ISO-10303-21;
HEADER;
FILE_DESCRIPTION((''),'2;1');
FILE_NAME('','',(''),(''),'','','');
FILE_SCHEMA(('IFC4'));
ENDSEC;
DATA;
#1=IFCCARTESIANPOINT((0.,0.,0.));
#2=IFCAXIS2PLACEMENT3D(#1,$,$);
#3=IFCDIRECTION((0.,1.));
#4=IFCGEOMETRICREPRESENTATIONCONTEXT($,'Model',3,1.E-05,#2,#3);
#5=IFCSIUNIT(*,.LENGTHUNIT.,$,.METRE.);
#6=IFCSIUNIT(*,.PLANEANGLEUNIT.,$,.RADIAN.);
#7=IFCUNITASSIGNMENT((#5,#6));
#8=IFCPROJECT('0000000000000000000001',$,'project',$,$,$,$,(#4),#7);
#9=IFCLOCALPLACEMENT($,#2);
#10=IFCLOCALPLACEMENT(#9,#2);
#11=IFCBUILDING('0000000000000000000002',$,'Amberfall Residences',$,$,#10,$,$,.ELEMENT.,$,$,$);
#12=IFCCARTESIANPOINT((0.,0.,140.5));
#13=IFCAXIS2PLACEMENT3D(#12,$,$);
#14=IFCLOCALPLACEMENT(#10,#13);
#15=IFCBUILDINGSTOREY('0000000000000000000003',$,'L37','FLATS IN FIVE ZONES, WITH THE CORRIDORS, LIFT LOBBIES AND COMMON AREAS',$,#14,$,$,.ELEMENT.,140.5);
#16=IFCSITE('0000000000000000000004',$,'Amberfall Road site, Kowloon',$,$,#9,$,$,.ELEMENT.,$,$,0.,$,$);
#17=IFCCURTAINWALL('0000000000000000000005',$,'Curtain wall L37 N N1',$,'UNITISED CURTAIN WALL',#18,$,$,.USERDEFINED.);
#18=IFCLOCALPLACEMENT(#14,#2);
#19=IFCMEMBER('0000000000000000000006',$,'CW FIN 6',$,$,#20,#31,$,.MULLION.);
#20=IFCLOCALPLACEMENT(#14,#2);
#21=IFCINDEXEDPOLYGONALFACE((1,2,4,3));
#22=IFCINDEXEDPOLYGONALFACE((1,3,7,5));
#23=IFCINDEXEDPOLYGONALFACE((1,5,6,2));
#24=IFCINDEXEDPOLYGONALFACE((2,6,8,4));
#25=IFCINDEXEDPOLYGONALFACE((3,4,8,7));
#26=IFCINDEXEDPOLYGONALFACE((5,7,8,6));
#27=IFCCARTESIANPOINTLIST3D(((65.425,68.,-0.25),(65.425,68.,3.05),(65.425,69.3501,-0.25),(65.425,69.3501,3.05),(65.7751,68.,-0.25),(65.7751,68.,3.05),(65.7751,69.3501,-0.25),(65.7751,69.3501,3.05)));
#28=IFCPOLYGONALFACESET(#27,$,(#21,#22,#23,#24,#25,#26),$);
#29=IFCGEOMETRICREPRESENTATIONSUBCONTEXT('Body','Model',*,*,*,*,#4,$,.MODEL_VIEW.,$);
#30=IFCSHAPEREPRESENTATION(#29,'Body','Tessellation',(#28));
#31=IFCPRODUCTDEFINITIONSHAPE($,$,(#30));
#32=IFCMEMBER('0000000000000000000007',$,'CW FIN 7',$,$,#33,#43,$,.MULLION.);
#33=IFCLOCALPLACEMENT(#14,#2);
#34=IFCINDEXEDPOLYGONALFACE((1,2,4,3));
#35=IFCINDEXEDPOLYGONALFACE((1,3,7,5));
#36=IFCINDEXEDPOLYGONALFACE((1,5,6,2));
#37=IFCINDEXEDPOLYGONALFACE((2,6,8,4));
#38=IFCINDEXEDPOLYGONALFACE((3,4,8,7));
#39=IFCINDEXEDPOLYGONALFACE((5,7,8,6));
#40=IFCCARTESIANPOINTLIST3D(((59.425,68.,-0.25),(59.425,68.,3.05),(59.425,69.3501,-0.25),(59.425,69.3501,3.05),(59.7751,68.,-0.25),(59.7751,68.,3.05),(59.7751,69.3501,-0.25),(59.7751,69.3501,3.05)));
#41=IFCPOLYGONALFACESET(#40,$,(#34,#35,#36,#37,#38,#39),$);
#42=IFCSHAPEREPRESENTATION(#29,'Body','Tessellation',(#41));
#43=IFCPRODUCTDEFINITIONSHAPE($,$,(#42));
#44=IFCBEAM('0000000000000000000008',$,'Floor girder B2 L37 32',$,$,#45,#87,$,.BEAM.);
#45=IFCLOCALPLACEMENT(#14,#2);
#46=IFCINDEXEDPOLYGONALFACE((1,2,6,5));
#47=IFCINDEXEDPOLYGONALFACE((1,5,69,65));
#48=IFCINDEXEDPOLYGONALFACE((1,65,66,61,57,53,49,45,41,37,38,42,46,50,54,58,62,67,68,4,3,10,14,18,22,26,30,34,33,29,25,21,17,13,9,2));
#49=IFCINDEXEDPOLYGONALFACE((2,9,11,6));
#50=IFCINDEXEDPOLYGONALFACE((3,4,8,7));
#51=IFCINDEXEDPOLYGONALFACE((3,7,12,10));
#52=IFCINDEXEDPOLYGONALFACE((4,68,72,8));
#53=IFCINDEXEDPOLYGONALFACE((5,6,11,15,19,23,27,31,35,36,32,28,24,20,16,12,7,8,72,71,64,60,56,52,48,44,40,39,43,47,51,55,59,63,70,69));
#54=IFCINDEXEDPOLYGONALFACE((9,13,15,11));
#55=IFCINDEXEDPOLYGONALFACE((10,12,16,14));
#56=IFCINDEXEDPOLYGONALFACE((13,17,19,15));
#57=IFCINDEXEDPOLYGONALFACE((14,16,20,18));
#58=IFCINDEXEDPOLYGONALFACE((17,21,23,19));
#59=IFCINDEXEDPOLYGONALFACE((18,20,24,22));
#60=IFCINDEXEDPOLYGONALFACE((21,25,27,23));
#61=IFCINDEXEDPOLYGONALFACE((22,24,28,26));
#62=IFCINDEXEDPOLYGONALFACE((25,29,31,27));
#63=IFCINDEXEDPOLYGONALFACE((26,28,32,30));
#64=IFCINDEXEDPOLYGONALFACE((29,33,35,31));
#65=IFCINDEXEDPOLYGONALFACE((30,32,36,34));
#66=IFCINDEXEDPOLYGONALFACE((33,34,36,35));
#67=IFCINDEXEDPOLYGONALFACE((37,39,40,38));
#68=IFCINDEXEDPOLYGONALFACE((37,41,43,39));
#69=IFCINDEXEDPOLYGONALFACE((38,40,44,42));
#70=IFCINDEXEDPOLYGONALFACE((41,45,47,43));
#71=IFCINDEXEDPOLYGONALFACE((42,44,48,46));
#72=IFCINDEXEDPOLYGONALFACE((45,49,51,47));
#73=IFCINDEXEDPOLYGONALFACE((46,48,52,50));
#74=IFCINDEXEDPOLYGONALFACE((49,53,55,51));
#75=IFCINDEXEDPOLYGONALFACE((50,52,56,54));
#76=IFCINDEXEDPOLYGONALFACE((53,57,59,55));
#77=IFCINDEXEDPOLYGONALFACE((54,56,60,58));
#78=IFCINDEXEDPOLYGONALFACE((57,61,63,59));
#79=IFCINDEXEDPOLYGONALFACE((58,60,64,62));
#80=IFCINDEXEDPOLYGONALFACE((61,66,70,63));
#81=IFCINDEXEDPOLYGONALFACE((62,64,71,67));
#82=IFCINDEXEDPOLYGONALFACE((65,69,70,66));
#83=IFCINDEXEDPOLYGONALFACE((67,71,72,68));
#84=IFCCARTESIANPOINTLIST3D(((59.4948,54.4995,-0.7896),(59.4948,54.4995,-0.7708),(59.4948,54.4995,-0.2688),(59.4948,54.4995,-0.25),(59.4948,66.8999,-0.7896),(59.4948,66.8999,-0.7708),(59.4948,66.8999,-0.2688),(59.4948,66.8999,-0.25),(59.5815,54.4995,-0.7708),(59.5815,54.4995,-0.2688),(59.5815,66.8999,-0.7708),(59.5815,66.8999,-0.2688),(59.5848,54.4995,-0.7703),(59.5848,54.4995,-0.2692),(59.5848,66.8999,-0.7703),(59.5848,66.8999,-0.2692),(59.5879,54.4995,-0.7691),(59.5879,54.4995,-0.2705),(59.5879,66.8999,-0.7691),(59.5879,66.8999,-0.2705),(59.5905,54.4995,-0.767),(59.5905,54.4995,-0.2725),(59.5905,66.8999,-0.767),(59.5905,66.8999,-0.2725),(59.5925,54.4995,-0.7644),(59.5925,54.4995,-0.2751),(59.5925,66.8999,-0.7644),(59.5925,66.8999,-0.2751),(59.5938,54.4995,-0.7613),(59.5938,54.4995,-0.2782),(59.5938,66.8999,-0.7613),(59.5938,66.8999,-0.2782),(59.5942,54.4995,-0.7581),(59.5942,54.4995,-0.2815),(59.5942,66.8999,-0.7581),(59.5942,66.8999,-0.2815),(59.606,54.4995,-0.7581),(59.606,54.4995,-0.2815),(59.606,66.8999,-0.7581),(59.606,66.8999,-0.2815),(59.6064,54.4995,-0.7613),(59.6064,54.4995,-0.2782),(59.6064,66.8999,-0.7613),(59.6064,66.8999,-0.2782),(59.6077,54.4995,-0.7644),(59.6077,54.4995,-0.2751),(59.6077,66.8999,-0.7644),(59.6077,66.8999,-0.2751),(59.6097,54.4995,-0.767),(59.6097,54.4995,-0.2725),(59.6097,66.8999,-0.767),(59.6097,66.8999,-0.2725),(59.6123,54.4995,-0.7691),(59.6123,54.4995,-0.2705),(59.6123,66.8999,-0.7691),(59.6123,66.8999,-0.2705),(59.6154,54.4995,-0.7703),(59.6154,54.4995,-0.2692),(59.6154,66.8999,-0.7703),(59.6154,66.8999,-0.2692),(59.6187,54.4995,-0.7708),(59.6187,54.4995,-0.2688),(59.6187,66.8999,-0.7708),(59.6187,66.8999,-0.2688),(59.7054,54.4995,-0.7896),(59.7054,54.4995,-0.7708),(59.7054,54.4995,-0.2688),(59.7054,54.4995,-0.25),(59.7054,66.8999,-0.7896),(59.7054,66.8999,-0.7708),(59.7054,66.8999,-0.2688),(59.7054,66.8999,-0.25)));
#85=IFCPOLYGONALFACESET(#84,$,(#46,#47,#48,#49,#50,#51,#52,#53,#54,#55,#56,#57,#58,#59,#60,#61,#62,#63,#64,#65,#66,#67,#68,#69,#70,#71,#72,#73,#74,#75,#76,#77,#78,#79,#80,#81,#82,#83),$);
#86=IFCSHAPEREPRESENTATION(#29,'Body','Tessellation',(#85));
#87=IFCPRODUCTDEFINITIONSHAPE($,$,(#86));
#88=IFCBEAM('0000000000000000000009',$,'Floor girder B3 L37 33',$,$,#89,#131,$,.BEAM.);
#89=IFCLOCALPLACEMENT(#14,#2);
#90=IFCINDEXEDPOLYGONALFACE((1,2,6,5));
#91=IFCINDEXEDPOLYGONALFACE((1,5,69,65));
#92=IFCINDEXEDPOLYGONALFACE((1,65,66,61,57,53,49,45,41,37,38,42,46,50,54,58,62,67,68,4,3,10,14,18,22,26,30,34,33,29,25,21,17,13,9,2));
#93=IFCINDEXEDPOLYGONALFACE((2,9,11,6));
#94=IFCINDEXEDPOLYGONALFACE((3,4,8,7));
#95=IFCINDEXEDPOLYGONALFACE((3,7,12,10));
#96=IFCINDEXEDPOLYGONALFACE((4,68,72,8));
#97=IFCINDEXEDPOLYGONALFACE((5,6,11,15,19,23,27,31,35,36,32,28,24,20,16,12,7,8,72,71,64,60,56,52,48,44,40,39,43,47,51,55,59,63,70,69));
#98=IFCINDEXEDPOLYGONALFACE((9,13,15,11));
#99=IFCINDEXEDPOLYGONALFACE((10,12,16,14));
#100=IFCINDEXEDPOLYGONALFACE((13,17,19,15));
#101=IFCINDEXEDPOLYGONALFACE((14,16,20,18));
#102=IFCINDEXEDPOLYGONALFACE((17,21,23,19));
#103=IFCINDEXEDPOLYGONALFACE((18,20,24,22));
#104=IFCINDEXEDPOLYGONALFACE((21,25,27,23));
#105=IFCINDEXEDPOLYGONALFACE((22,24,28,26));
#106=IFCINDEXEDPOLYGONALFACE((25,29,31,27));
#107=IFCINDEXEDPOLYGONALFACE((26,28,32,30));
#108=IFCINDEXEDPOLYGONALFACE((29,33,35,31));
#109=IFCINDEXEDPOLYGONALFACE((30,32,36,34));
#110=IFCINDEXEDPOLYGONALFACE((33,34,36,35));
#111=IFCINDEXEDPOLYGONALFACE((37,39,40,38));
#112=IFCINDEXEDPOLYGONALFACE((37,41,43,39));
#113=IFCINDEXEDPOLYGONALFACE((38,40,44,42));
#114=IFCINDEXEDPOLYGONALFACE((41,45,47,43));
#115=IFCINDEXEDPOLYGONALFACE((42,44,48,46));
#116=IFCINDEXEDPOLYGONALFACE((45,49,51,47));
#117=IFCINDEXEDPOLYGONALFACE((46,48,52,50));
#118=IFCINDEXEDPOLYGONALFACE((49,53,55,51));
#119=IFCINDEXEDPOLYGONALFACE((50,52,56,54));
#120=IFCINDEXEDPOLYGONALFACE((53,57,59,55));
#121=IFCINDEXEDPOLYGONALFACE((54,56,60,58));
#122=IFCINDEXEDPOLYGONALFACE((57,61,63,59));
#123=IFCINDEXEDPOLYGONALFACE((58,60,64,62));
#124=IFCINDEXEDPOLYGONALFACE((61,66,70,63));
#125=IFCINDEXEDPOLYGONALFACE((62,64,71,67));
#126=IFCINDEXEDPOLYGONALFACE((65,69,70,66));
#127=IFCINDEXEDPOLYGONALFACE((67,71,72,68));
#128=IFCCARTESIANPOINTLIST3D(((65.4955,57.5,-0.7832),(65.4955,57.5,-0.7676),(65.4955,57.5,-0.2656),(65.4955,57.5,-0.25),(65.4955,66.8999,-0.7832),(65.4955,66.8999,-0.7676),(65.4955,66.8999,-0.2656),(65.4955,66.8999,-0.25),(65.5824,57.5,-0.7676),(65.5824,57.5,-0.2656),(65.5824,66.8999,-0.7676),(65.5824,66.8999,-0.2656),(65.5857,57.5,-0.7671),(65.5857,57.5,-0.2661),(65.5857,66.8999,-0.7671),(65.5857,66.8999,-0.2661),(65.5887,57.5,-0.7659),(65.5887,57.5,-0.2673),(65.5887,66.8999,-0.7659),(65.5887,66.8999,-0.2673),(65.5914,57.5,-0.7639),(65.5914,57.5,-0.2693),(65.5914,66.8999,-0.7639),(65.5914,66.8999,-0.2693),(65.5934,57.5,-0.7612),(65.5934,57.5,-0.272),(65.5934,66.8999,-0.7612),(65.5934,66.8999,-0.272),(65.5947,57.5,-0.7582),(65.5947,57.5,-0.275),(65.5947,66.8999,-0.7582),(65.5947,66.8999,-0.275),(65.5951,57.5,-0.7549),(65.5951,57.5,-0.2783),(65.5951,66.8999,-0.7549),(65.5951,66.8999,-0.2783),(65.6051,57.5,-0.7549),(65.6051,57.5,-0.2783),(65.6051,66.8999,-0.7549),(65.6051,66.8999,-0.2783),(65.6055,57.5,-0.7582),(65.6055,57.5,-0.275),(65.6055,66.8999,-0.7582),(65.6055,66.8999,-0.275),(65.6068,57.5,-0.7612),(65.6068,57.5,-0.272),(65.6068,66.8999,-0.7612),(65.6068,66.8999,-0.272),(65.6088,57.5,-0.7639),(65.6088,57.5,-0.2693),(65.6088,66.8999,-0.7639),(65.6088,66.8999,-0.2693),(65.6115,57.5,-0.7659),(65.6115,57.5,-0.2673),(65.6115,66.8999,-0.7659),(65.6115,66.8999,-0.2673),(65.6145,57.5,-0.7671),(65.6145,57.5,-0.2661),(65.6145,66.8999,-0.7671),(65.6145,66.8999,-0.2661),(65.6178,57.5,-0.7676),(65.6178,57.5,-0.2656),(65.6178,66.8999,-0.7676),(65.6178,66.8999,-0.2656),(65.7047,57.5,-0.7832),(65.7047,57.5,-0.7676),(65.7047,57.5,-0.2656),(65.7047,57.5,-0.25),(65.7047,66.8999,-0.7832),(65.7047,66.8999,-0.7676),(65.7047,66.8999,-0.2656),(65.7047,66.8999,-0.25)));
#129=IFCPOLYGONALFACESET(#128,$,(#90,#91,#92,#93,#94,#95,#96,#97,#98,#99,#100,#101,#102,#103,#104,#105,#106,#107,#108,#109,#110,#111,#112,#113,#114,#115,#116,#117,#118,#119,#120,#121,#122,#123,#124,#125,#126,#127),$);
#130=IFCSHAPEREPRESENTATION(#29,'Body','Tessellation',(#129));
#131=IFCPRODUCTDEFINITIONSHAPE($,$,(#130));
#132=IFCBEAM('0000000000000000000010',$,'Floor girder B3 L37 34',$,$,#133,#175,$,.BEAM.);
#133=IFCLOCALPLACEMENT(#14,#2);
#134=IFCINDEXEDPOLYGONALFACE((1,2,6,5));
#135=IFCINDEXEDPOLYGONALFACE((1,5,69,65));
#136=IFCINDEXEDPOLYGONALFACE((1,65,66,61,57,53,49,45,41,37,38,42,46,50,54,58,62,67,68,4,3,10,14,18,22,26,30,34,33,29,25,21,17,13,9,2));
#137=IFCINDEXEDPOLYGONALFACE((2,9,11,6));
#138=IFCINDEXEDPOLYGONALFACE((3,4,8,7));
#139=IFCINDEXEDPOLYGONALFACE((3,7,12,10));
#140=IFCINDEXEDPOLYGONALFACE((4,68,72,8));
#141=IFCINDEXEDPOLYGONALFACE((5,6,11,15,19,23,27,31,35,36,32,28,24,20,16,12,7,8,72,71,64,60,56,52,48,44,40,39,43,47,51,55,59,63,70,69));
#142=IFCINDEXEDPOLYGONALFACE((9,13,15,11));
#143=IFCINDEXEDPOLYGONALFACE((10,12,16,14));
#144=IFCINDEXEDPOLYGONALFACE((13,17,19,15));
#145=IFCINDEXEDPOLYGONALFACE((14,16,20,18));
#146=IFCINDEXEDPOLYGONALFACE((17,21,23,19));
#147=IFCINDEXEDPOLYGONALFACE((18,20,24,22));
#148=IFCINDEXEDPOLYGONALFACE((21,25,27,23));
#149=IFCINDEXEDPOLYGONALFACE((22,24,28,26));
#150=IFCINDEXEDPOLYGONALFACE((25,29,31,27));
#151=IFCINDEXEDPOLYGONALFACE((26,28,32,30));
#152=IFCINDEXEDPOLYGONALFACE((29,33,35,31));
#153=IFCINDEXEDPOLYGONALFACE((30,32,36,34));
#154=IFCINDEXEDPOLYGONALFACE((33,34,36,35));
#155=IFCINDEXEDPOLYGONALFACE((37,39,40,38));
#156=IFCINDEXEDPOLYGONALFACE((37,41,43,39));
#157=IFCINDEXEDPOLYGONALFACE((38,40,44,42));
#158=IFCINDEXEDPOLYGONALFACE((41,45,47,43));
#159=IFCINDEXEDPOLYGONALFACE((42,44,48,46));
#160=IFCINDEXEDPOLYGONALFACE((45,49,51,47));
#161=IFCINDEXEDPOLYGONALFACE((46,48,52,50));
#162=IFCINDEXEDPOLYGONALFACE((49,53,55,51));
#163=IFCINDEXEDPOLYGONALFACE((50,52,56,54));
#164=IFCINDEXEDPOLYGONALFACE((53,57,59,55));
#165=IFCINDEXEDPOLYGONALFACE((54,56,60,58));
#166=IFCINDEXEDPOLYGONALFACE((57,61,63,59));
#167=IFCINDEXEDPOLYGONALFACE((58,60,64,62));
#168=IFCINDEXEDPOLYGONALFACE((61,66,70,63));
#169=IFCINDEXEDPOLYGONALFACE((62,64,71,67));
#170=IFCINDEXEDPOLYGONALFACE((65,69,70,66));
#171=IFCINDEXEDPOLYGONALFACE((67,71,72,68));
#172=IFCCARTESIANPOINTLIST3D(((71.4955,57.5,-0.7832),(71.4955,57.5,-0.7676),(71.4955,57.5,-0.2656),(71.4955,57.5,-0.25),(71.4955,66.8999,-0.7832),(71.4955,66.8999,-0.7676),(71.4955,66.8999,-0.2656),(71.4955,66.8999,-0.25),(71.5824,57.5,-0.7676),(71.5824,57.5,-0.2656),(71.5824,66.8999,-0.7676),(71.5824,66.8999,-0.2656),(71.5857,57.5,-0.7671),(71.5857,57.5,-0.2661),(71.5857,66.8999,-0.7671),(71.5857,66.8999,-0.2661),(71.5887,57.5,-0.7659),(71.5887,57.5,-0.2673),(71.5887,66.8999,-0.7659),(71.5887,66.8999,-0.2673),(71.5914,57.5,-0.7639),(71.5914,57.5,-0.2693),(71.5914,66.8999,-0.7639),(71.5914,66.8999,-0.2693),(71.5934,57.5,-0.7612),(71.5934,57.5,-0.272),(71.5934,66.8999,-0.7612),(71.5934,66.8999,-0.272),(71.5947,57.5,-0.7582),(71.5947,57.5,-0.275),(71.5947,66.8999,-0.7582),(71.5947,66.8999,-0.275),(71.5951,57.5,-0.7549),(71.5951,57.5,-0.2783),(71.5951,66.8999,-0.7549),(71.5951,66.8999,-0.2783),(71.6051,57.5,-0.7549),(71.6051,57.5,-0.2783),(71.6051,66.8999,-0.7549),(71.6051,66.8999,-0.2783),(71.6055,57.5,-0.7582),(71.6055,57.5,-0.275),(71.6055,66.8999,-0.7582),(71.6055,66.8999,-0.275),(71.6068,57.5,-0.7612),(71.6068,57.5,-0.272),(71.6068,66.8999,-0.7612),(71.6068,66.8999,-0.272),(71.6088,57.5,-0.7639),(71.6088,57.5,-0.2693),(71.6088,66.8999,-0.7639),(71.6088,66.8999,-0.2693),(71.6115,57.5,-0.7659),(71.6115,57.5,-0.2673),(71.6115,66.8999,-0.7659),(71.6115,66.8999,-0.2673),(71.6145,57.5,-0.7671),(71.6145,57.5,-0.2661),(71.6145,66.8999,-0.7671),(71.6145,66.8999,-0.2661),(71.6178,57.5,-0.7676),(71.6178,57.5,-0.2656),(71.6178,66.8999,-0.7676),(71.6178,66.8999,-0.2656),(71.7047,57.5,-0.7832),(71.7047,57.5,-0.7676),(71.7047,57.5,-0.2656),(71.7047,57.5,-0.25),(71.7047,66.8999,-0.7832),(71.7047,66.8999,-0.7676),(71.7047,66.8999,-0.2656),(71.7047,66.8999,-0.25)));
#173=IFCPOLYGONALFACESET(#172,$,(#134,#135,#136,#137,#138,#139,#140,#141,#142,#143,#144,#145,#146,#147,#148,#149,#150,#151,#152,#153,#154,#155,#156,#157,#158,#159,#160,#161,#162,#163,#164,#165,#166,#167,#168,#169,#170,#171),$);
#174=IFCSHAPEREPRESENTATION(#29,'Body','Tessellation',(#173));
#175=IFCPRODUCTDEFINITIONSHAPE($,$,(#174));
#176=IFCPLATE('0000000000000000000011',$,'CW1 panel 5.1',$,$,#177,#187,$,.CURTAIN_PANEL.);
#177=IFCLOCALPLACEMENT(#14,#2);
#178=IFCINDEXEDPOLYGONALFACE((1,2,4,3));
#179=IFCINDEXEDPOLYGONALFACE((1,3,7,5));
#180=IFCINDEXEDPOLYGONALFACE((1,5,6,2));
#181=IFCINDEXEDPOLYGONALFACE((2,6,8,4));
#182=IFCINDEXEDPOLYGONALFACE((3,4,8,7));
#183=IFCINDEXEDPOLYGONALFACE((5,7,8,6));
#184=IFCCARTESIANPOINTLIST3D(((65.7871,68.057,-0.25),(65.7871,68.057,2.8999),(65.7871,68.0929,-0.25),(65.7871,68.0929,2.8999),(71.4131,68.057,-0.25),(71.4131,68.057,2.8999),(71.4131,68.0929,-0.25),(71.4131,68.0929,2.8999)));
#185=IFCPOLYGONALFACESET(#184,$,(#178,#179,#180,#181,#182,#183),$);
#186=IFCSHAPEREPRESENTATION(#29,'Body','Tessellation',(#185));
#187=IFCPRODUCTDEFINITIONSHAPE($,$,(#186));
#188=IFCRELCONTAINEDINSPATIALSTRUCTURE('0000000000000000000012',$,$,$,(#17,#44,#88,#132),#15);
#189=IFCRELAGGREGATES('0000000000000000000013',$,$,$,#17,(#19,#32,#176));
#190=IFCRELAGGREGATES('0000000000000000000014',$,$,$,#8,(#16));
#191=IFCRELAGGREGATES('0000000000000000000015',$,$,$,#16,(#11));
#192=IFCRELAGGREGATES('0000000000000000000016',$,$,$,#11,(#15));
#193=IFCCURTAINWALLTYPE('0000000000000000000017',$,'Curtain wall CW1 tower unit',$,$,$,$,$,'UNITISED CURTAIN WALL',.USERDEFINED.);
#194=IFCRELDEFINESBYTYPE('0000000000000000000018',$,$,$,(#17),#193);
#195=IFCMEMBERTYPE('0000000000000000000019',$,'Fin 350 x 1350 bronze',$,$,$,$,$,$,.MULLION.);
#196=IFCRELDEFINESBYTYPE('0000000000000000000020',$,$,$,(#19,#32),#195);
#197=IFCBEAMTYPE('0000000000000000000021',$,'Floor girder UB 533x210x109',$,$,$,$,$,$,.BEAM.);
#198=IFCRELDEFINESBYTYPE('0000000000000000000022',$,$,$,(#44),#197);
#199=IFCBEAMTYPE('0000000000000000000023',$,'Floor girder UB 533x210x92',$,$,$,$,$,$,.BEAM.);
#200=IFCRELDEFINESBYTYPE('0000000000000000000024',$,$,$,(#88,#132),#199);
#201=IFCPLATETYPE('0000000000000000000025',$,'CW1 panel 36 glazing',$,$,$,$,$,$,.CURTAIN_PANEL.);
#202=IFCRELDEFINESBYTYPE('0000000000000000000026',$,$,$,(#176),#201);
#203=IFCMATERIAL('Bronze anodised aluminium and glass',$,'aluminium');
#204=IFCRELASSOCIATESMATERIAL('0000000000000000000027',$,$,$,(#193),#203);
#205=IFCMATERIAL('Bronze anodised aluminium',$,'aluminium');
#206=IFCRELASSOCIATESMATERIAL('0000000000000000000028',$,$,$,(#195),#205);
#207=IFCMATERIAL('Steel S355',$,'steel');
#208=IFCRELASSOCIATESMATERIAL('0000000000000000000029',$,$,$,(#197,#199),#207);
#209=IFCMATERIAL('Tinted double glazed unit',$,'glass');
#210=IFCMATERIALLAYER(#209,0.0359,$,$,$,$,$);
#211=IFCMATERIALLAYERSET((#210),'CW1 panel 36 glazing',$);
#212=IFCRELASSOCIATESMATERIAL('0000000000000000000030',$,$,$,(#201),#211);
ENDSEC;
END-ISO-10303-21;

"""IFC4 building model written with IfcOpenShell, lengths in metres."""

from ifc_helpers import new_model, si_unit, direction, frame, origin, origin_2d, place, context, subcontext, project, spatial, rectangle, i_section, extrude, material, layer, layer_set, material_profile, profile_set, type_object, element, aggregate, save


model = new_model("IFC4")

# Units and contexts
model_context = context("Model", 3, precision=1e-05, world=origin(), true_north=direction((0.0, 1.0)))
body_context = subcontext(model_context, "Body", "Model", "MODEL_VIEW")
ifc_project = project(units=[si_unit("LENGTHUNIT", "METRE"), si_unit("PLANEANGLEUNIT", "RADIAN")], contexts=[model_context])

# Site, building, storey
site_placement = place(None, origin())
site = spatial("IfcSite", under=ifc_project, at=site_placement, Name="Amberfall Road site, Kowloon", CompositionType="ELEMENT", RefElevation=0.0)
building_placement = place(site_placement, origin())
building = spatial("IfcBuilding", under=site, at=building_placement, Name="Amberfall Residences", CompositionType="ELEMENT")
storey_placement = place(building_placement, frame((0.0, 0.0, 140.5)))
storey = spatial("IfcBuildingStorey", under=building, at=storey_placement, Name="L37", Description="FLATS IN FIVE ZONES, WITH THE CORRIDORS, LIFT LOBBIES AND COMMON AREAS", CompositionType="ELEMENT", Elevation=140.5)

# Curtain wall
ifc_material_1 = material(Name="Bronze anodised aluminium and glass", Category="aluminium")
curtain_wall_type = type_object("IfcCurtainWallType", Name="Curtain wall CW1 tower unit", ElementType="UNITISED CURTAIN WALL", PredefinedType="USERDEFINED", material=ifc_material_1)
curtain_wall_placement = place(storey_placement, origin())
curtain_wall = element("IfcCurtainWall", 1, at=curtain_wall_placement, inside=storey, type_object=curtain_wall_type, Name="Curtain wall L37 N N1", ObjectType="UNITISED CURTAIN WALL", PredefinedType="USERDEFINED")
ifc_material_2 = material(Name="Bronze anodised aluminium", Category="aluminium")

# Shared definitions
ifc_material_3 = material(Name="Steel S355", Category="steel")

# Members
ifc_material_profile_1 = material_profile(ifc_material_2, rectangle(XDim=1.3501, YDim=0.3501, at=origin_2d()), Name="Fin 350 x 1350 bronze")
ifc_profile_set_1 = profile_set([ifc_material_profile_1], Name="Bronze anodised aluminium")
member_type_1 = type_object("IfcMemberType", Name="Fin 350 x 1350 bronze", PredefinedType="MULLION", material=ifc_profile_set_1)
member_1_placement = place(storey_placement, frame((65.6001, 68.675, -0.25), z_axis=(0.0, 0.0, 1.0), x_axis=(0.0, -1.0, 0.0)))
member_1 = element("IfcMember", 2, at=member_1_placement, type_object=member_type_1, Name="CW FIN 6", PredefinedType="MULLION", context=body_context, shape_type="SweptSolid", body=[
    extrude(rectangle(XDim=1.3501, YDim=0.3501, at=origin_2d()), origin(), (0.0, 0.0, 1.0), 3.3),
])
member_2_placement = place(storey_placement, frame((59.6001, 68.675, -0.25), z_axis=(0.0, 0.0, 1.0), x_axis=(0.0, -1.0, 0.0)))
member_2 = element("IfcMember", 3, at=member_2_placement, type_object=member_type_1, Name="CW FIN 7", PredefinedType="MULLION", context=body_context, shape_type="SweptSolid", body=[
    extrude(rectangle(XDim=1.3501, YDim=0.3501, at=origin_2d()), origin(), (0.0, 0.0, 1.0), 3.3),
])

# Beams
ifc_material_profile_2 = material_profile(ifc_material_3, i_section(OverallWidth=0.2107, OverallDepth=0.5396, WebThickness=0.0117, FlangeThickness=0.0188, FilletRadius=0.0127, at=origin_2d()), Name="UB 533x210x109")
ifc_profile_set_2 = profile_set([ifc_material_profile_2], Name="Steel S355")
beam_type_1 = type_object("IfcBeamType", Name="Floor girder UB 533x210x109", PredefinedType="BEAM", material=ifc_profile_set_2)
beam_placement = place(storey_placement, frame((59.6001, 66.8999, -0.5198), z_axis=(0.0, -1.0, 0.0), x_axis=(1.0, 0.0, 0.0)))
element("IfcBeam", 4, at=beam_placement, inside=storey, type_object=beam_type_1, Name="Floor girder B2 L37 32", PredefinedType="BEAM", context=body_context, shape_type="SweptSolid", body=[
    extrude(i_section(OverallWidth=0.2107, OverallDepth=0.5396, WebThickness=0.0117, FlangeThickness=0.0188, FilletRadius=0.0127, at=origin_2d()), origin(), (0.0, 0.0, 1.0), 12.4004),
])
ifc_material_profile_3 = material_profile(ifc_material_3, i_section(OverallWidth=0.2092, OverallDepth=0.5332, WebThickness=0.01, FlangeThickness=0.0156, FilletRadius=0.0127, at=origin_2d()), Name="UB 533x210x92")
ifc_profile_set_3 = profile_set([ifc_material_profile_3], Name="Steel S355")
beam_type_2 = type_object("IfcBeamType", Name="Floor girder UB 533x210x92", PredefinedType="BEAM", material=ifc_profile_set_3)
for number, where, z_axis, x_axis, name in (
    (5, (65.6001, 66.8999, -0.5166), (0.0, -1.0, 0.0), (1.0, 0.0, 0.0), "Floor girder B3 L37 33"),
    (6, (71.6001, 66.8999, -0.5166), (0.0, -1.0, 0.0), (1.0, 0.0, 0.0), "Floor girder B3 L37 34"),
):
    element("IfcBeam", number, at=place(storey_placement, frame(where, z_axis=z_axis, x_axis=x_axis)), inside=storey, type_object=beam_type_2, Name=name, PredefinedType="BEAM", context=body_context, shape_type="SweptSolid", body=[
        extrude(i_section(OverallWidth=0.2092, OverallDepth=0.5332, WebThickness=0.01, FlangeThickness=0.0156, FilletRadius=0.0127, at=origin_2d()), origin(), (0.0, 0.0, 1.0), 9.3999),
    ])

# Plate
ifc_material_4 = material(Name="Tinted double glazed unit", Category="glass")
ifc_layer_1 = layer(ifc_material_4, 0.0359)
ifc_layer_set_1 = layer_set([ifc_layer_1], Name="CW1 panel 36 glazing")
plate_type = type_object("IfcPlateType", Name="CW1 panel 36 glazing", PredefinedType="CURTAIN_PANEL", material=ifc_layer_set_1)
plate_1_placement = place(storey_placement, frame((68.6001, 68.075, -0.25), z_axis=(0.0, 0.0, 1.0), x_axis=(-1.0, 0.0, 0.0)))
plate_1 = element("IfcPlate", 7, at=plate_1_placement, type_object=plate_type, Name="CW1 panel 5.1", PredefinedType="CURTAIN_PANEL", context=body_context, shape_type="SweptSolid", body=[
    extrude(rectangle(XDim=5.626, YDim=0.0359, at=origin_2d()), origin(), (0.0, 0.0, 1.0), 3.1499),
])
aggregate(curtain_wall, [member_1, member_2, plate_1])

save(model, "model.ifc")
